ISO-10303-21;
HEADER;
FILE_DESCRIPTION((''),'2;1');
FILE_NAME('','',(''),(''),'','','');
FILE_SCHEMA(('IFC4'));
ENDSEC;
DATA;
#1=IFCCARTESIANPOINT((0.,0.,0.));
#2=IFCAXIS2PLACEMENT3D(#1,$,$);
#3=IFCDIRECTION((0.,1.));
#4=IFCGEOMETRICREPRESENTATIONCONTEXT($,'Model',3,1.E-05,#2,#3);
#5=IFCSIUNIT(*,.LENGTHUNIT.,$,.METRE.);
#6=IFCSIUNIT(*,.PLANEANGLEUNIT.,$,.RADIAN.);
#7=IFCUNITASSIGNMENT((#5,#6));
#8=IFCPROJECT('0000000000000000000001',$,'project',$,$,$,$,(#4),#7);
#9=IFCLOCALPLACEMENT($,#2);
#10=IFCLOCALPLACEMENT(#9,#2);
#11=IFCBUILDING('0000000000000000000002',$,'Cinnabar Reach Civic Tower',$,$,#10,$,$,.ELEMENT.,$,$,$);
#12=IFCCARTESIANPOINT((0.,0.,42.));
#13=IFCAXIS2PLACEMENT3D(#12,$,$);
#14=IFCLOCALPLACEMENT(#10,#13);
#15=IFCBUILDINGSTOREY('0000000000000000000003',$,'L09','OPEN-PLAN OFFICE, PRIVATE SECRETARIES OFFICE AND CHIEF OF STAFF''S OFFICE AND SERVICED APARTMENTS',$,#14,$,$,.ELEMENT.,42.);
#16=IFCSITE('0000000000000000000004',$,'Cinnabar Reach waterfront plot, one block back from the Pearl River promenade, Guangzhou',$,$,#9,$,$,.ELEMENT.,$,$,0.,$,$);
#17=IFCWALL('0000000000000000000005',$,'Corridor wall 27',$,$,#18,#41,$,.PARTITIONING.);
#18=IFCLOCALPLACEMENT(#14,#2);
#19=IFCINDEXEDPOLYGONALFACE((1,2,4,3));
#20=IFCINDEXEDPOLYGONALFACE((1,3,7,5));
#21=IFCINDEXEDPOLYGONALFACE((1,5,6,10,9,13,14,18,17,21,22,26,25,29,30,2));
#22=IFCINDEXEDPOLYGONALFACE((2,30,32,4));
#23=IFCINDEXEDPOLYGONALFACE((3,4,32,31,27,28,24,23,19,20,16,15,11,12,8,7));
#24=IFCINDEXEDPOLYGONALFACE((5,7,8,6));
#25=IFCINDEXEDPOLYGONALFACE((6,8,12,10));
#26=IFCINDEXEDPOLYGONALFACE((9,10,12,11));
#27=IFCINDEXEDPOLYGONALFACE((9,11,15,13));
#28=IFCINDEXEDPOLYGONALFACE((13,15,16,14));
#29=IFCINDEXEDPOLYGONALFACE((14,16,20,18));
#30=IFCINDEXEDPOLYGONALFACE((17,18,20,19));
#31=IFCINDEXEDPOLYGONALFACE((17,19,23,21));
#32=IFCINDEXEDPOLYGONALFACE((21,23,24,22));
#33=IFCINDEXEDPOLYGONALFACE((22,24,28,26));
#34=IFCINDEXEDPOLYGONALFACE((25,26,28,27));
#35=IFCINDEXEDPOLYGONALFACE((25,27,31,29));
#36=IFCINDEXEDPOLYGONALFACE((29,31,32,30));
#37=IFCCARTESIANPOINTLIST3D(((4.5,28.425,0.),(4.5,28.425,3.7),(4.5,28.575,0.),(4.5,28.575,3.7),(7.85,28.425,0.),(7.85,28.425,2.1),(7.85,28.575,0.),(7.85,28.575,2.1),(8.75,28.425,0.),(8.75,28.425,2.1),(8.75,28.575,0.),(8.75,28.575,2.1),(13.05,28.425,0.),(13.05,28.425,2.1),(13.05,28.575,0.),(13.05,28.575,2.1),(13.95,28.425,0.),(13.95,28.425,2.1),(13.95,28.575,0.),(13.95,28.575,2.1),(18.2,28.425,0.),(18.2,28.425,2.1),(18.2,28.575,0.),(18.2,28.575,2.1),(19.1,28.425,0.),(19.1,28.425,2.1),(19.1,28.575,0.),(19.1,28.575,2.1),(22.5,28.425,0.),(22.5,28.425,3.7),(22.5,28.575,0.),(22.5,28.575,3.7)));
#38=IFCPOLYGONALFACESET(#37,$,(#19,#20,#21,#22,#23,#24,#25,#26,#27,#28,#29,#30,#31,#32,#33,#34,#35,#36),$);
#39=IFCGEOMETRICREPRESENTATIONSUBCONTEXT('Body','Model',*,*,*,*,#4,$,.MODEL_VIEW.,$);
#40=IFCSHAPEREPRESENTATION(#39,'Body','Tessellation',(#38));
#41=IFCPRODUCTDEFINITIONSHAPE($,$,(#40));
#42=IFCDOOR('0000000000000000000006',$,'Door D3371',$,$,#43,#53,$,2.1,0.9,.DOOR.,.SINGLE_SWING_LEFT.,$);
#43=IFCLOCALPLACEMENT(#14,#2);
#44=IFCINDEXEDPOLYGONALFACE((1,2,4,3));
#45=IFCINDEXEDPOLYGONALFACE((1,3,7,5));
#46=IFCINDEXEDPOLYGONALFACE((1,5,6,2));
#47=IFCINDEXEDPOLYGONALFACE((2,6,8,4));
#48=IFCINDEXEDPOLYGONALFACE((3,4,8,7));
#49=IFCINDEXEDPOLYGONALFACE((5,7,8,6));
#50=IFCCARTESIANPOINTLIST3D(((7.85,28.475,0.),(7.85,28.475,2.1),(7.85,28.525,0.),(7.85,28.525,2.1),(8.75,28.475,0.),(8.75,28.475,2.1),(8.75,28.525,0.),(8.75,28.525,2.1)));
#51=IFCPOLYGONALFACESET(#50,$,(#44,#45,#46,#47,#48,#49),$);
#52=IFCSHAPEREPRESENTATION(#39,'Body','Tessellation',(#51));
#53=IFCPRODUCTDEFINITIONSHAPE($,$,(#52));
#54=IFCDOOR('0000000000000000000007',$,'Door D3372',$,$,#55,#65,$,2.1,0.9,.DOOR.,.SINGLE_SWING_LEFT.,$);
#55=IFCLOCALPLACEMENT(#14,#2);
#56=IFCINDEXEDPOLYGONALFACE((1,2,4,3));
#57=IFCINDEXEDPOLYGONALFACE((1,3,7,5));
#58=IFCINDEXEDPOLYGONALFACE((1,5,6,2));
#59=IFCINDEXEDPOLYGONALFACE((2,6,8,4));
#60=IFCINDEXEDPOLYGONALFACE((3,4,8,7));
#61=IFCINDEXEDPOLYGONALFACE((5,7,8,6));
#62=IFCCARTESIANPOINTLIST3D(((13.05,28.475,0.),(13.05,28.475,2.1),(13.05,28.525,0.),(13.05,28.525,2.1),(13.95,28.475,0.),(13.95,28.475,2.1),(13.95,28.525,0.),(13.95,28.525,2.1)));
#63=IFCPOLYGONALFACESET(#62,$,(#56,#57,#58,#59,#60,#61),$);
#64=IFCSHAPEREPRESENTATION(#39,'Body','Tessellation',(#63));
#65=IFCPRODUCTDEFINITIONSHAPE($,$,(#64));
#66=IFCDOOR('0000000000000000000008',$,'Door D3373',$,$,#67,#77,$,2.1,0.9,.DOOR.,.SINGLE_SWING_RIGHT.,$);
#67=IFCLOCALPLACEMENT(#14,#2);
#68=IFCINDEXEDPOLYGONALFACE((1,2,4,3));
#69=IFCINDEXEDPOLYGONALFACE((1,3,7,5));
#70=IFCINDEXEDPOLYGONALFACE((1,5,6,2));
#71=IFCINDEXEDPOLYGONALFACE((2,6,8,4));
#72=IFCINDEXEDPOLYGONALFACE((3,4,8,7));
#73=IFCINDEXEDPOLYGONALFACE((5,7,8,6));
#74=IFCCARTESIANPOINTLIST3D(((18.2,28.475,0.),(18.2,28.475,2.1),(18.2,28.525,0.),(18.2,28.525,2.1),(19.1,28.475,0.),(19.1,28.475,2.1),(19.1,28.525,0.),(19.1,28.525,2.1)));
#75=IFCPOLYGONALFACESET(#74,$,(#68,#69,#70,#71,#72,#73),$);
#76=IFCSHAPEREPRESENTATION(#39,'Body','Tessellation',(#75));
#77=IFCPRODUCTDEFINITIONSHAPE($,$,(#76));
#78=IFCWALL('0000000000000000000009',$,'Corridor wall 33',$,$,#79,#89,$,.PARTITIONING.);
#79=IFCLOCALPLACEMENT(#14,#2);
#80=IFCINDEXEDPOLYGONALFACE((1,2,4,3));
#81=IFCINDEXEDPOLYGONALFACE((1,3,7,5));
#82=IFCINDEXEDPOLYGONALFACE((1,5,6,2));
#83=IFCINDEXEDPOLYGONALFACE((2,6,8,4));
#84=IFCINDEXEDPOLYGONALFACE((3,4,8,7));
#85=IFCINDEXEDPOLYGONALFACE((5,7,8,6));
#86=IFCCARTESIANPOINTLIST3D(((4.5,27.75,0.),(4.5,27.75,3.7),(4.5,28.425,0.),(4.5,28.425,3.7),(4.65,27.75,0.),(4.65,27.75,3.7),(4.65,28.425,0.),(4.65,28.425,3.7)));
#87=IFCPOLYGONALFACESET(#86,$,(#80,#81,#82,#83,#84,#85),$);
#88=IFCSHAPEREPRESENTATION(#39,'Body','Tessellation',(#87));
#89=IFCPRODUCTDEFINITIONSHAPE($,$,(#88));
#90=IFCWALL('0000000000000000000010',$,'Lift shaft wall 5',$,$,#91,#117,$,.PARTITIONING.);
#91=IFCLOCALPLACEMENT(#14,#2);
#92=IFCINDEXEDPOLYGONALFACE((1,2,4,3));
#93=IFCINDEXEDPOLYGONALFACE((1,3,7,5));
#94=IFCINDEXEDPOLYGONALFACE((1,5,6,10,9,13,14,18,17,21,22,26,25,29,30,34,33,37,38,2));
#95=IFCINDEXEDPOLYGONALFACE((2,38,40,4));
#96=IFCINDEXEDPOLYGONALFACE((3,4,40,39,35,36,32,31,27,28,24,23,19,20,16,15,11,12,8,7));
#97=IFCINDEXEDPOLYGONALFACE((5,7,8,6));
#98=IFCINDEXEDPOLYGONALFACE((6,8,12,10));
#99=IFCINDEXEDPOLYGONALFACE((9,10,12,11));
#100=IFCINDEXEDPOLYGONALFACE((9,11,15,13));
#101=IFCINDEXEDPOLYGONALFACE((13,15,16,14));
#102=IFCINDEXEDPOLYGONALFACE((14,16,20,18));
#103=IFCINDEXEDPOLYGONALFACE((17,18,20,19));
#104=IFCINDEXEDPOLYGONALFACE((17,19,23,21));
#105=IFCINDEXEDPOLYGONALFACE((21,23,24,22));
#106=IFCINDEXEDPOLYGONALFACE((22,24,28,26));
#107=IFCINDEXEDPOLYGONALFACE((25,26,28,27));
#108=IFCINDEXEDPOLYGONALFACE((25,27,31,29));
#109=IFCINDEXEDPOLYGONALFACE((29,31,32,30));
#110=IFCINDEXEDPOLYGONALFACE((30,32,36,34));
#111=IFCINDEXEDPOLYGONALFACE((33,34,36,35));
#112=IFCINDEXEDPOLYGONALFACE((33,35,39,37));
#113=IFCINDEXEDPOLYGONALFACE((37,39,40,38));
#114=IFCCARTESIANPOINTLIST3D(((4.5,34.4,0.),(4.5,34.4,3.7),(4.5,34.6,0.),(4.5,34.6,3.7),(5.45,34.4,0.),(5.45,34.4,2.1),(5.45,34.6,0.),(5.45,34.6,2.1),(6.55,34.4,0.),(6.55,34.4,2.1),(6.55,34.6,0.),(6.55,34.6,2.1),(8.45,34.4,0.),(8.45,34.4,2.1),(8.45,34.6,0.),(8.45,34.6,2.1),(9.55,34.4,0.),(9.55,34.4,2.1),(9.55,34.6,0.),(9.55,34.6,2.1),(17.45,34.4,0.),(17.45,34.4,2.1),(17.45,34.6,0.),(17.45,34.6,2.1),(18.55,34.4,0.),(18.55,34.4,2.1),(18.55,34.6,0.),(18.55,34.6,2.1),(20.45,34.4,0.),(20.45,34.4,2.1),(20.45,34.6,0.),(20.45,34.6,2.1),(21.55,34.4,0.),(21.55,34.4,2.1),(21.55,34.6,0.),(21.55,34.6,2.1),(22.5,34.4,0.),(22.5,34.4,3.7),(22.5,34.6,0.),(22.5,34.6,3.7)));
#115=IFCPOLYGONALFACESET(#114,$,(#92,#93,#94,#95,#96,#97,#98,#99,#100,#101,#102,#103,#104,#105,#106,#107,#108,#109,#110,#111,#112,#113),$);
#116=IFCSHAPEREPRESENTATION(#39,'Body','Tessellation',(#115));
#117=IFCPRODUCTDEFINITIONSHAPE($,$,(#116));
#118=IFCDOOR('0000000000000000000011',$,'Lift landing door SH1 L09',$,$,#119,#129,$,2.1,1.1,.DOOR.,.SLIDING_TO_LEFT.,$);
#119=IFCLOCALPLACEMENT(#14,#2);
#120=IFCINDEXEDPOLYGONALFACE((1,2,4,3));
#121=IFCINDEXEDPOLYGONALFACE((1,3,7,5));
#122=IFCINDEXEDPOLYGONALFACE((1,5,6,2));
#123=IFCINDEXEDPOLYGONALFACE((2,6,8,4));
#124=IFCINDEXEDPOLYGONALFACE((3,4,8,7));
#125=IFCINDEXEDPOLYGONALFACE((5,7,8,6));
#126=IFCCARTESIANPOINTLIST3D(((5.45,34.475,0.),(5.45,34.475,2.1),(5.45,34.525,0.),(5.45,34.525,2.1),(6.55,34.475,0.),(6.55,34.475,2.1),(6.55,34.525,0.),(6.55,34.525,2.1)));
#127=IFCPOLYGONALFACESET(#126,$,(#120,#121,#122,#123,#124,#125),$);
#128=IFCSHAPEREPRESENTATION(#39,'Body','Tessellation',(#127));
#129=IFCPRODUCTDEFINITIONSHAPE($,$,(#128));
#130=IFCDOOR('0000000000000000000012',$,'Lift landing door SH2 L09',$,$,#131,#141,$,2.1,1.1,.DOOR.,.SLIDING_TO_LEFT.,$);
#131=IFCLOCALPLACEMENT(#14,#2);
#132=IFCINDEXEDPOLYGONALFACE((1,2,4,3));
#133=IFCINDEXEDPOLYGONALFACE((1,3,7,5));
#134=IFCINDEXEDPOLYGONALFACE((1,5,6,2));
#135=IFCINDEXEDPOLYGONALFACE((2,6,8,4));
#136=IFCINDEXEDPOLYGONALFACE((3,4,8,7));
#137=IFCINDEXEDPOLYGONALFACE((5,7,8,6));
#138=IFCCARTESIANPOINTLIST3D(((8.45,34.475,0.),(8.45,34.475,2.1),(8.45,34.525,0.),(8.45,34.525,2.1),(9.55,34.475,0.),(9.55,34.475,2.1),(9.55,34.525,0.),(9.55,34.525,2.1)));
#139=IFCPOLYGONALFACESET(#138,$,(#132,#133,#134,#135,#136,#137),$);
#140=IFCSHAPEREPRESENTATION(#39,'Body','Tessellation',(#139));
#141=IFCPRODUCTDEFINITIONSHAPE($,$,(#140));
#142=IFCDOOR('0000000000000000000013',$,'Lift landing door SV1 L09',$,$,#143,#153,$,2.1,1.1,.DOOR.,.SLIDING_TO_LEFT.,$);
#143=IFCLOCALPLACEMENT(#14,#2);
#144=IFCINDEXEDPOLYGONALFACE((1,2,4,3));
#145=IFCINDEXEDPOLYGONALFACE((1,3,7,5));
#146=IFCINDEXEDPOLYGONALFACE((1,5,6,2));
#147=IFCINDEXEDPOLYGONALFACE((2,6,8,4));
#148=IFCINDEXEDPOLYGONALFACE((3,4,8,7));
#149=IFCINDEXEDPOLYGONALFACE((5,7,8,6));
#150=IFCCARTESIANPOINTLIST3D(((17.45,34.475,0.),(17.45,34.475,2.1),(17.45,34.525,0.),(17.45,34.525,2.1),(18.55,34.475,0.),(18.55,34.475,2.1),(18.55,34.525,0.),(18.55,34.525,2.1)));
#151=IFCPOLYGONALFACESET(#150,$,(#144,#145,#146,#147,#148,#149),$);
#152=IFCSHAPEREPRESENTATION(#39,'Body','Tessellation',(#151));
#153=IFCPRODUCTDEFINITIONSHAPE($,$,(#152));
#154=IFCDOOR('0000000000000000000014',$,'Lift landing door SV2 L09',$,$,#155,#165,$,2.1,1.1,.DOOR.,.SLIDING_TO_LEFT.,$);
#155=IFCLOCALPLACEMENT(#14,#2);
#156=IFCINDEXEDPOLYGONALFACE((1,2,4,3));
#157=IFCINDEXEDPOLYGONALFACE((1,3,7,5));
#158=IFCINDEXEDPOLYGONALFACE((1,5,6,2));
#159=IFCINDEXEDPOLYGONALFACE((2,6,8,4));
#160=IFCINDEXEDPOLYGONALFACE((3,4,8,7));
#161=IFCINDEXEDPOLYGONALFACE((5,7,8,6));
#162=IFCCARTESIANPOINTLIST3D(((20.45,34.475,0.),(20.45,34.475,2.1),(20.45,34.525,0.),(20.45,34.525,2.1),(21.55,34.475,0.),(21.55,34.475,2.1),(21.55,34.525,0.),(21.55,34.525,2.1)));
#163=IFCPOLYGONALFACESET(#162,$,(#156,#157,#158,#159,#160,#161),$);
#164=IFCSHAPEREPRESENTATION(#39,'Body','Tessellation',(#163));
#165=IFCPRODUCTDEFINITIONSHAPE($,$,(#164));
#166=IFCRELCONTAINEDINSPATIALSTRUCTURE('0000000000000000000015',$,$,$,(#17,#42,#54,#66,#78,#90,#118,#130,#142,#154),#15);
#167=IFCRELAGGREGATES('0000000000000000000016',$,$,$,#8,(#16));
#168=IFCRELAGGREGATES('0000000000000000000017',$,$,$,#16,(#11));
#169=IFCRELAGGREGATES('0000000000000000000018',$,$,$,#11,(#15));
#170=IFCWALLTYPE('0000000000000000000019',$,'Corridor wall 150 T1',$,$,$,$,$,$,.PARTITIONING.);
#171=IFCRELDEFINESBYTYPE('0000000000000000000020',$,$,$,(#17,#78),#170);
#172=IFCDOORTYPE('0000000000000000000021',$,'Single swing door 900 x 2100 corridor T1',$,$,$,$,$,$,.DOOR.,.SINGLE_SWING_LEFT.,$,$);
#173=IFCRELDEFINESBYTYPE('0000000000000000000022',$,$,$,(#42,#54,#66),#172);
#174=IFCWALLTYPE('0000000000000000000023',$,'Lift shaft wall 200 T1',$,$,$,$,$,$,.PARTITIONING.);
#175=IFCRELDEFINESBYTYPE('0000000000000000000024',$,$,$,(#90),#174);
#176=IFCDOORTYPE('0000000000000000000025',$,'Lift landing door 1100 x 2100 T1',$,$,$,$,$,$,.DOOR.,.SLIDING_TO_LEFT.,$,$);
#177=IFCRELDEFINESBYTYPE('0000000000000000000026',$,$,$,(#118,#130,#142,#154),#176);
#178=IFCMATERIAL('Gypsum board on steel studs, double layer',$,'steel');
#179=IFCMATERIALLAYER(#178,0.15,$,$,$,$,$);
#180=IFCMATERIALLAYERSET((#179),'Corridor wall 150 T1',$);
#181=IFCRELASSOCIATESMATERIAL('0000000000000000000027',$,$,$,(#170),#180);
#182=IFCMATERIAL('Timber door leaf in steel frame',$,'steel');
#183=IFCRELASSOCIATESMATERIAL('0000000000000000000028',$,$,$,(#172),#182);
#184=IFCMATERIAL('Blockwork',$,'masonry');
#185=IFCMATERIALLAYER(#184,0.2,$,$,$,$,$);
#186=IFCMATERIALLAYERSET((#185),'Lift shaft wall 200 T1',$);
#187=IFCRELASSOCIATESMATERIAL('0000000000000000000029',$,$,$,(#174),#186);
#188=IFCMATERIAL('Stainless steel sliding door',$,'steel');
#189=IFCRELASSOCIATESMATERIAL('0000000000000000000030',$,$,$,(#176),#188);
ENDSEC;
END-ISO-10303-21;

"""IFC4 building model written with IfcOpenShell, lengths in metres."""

from ifc_helpers import new_model, si_unit, direction, frame, frame_2d, origin, place, context, subcontext, project, spatial, rectangle, extrude, material, layer, layer_set, type_object, element, fill, save


model = new_model("IFC4")

# Units and contexts
model_context = context("Model", 3, precision=1e-05, world=origin(), true_north=direction((0.0, 1.0)))
body_context = subcontext(model_context, "Body", "Model", "MODEL_VIEW")
ifc_project = project(units=[si_unit("LENGTHUNIT", "METRE"), si_unit("PLANEANGLEUNIT", "RADIAN")], contexts=[model_context])

# Site, building, storey
site_placement = place(None, origin())
site = spatial("IfcSite", under=ifc_project, at=site_placement, Name="Cinnabar Reach waterfront plot, one block back from the Pearl River promenade, Guangzhou", CompositionType="ELEMENT", RefElevation=0.0)
building_placement = place(site_placement, origin())
building = spatial("IfcBuilding", under=site, at=building_placement, Name="Cinnabar Reach Civic Tower", CompositionType="ELEMENT")
storey_placement = place(building_placement, frame((0.0, 0.0, 42.0)))
storey = spatial("IfcBuildingStorey", under=building, at=storey_placement, Name="L09", Description="OPEN-PLAN OFFICE, PRIVATE SECRETARIES OFFICE AND CHIEF OF STAFF'S OFFICE AND SERVICED APARTMENTS", CompositionType="ELEMENT", Elevation=42.0)

# Shared definitions
ifc_material_1 = material(Name="Timber door leaf in steel frame", Category="steel")

# Wall, openings, doors
ifc_material_2 = material(Name="Gypsum board on steel studs, double layer", Category="steel")
ifc_layer_1 = layer(ifc_material_2, 0.15)
ifc_layer_set_1 = layer_set([ifc_layer_1], Name="Corridor wall 150 T1")
wall_type_1 = type_object("IfcWallType", Name="Corridor wall 150 T1", PredefinedType="PARTITIONING", material=ifc_layer_set_1)
wall_1_placement = place(storey_placement, frame((4.5, 28.5, 0.0), z_axis=(0.0, 0.0, 1.0), x_axis=(1.0, 0.0, 0.0)))
wall_1 = element("IfcWall", 1, at=wall_1_placement, inside=storey, type_object=wall_type_1, Name="Corridor wall 27", PredefinedType="PARTITIONING", context=body_context, shape_type="SweptSolid", body=[
    extrude(rectangle(XDim=18.0, YDim=0.15, at=frame_2d((9.0, 0.0))), origin(), (0.0, 0.0, 1.0), 3.7),
])
opening_1_placement = place(wall_1_placement, frame((3.35, 0.0, 0.0)))
opening_1 = element("IfcOpeningElement", 2, at=opening_1_placement, cuts=wall_1, PredefinedType="OPENING", context=body_context, shape_type="SweptSolid", body=[
    extrude(rectangle(XDim=0.9, YDim=2.1, at=frame_2d((0.45, 1.05))), frame((0.0, 0.085, 0.0), z_axis=(0.0, -1.0, 0.0), x_axis=(1.0, 0.0, 0.0)), (0.0, 0.0, 1.0), 0.17),
])
opening_2_placement = place(wall_1_placement, frame((8.55, 0.0, 0.0)))
opening_2 = element("IfcOpeningElement", 3, at=opening_2_placement, cuts=wall_1, PredefinedType="OPENING", context=body_context, shape_type="SweptSolid", body=[
    extrude(rectangle(XDim=0.9, YDim=2.1, at=frame_2d((0.45, 1.05))), frame((0.0, 0.085, 0.0), z_axis=(0.0, -1.0, 0.0), x_axis=(1.0, 0.0, 0.0)), (0.0, 0.0, 1.0), 0.17),
])
opening_3_placement = place(wall_1_placement, frame((13.7, 0.0, 0.0)))
opening_3 = element("IfcOpeningElement", 4, at=opening_3_placement, cuts=wall_1, PredefinedType="OPENING", context=body_context, shape_type="SweptSolid", body=[
    extrude(rectangle(XDim=0.9, YDim=2.1, at=frame_2d((0.45, 1.05))), frame((0.0, 0.085, 0.0), z_axis=(0.0, -1.0, 0.0), x_axis=(1.0, 0.0, 0.0)), (0.0, 0.0, 1.0), 0.17),
])
door_type_1 = type_object("IfcDoorType", Name="Single swing door 900 x 2100 corridor T1", OperationType="SINGLE_SWING_LEFT", PredefinedType="DOOR", material=ifc_material_1)
door_1_placement = place(opening_1_placement, origin())
door_1 = element("IfcDoor", 5, at=door_1_placement, inside=storey, type_object=door_type_1, Name="Door D3371", OperationType="SINGLE_SWING_LEFT", OverallHeight=2.1, OverallWidth=0.9, PredefinedType="DOOR", context=body_context, shape_type="SweptSolid", body=[
    extrude(rectangle(XDim=0.9, YDim=2.1, at=frame_2d((0.45, 1.05))), frame((0.0, 0.025, 0.0), z_axis=(0.0, -1.0, 0.0), x_axis=(1.0, 0.0, 0.0)), (0.0, 0.0, 1.0), 0.05),
])
fill(opening_1, door_1)
door_2_placement = place(opening_2_placement, origin())
door_2 = element("IfcDoor", 6, at=door_2_placement, inside=storey, type_object=door_type_1, Name="Door D3372", OperationType="SINGLE_SWING_LEFT", OverallHeight=2.1, OverallWidth=0.9, PredefinedType="DOOR", context=body_context, shape_type="SweptSolid", body=[
    extrude(rectangle(XDim=0.9, YDim=2.1, at=frame_2d((0.45, 1.05))), frame((0.0, 0.025, 0.0), z_axis=(0.0, -1.0, 0.0), x_axis=(1.0, 0.0, 0.0)), (0.0, 0.0, 1.0), 0.05),
])
fill(opening_2, door_2)
door_3_placement = place(opening_3_placement, origin())
door_3 = element("IfcDoor", 7, at=door_3_placement, inside=storey, type_object=door_type_1, Name="Door D3373", OperationType="SINGLE_SWING_RIGHT", OverallHeight=2.1, OverallWidth=0.9, PredefinedType="DOOR", context=body_context, shape_type="SweptSolid", body=[
    extrude(rectangle(XDim=0.9, YDim=2.1, at=frame_2d((0.45, 1.05))), frame((0.0, 0.025, 0.0), z_axis=(0.0, -1.0, 0.0), x_axis=(1.0, 0.0, 0.0)), (0.0, 0.0, 1.0), 0.05),
])
fill(opening_3, door_3)

# Wall
wall_2_placement = place(storey_placement, frame((4.575, 27.75, 0.0), z_axis=(0.0, 0.0, 1.0), x_axis=(0.0, 1.0, 0.0)))
element("IfcWall", 8, at=wall_2_placement, inside=storey, type_object=wall_type_1, Name="Corridor wall 33", PredefinedType="PARTITIONING", context=body_context, shape_type="SweptSolid", body=[
    extrude(rectangle(XDim=0.675, YDim=0.15, at=frame_2d((0.3375, 0.0))), origin(), (0.0, 0.0, 1.0), 3.7),
])

# Wall, openings, doors
ifc_material_3 = material(Name="Blockwork", Category="masonry")
ifc_layer_2 = layer(ifc_material_3, 0.2)
ifc_layer_set_2 = layer_set([ifc_layer_2], Name="Lift shaft wall 200 T1")
wall_type_2 = type_object("IfcWallType", Name="Lift shaft wall 200 T1", PredefinedType="PARTITIONING", material=ifc_layer_set_2)
wall_3_placement = place(storey_placement, frame((4.5, 34.5, 0.0), z_axis=(0.0, 0.0, 1.0), x_axis=(1.0, 0.0, 0.0)))
wall_3 = element("IfcWall", 9, at=wall_3_placement, inside=storey, type_object=wall_type_2, Name="Lift shaft wall 5", PredefinedType="PARTITIONING", context=body_context, shape_type="SweptSolid", body=[
    extrude(rectangle(XDim=18.0, YDim=0.2, at=frame_2d((9.0, 0.0))), origin(), (0.0, 0.0, 1.0), 3.7),
])
opening_4_placement = place(wall_3_placement, frame((0.95, 0.0, 0.0)))
opening_4 = element("IfcOpeningElement", 10, at=opening_4_placement, cuts=wall_3, PredefinedType="OPENING", context=body_context, shape_type="SweptSolid", body=[
    extrude(rectangle(XDim=1.1, YDim=2.1, at=frame_2d((0.55, 1.05))), frame((0.0, 0.11, 0.0), z_axis=(0.0, -1.0, 0.0), x_axis=(1.0, 0.0, 0.0)), (0.0, 0.0, 1.0), 0.22),
])
opening_5_placement = place(wall_3_placement, frame((3.95, 0.0, 0.0)))
opening_5 = element("IfcOpeningElement", 11, at=opening_5_placement, cuts=wall_3, PredefinedType="OPENING", context=body_context, shape_type="SweptSolid", body=[
    extrude(rectangle(XDim=1.1, YDim=2.1, at=frame_2d((0.55, 1.05))), frame((0.0, 0.11, 0.0), z_axis=(0.0, -1.0, 0.0), x_axis=(1.0, 0.0, 0.0)), (0.0, 0.0, 1.0), 0.22),
])
opening_6_placement = place(wall_3_placement, frame((12.95, 0.0, 0.0)))
opening_6 = element("IfcOpeningElement", 12, at=opening_6_placement, cuts=wall_3, PredefinedType="OPENING", context=body_context, shape_type="SweptSolid", body=[
    extrude(rectangle(XDim=1.1, YDim=2.1, at=frame_2d((0.55, 1.05))), frame((0.0, 0.11, 0.0), z_axis=(0.0, -1.0, 0.0), x_axis=(1.0, 0.0, 0.0)), (0.0, 0.0, 1.0), 0.22),
])
opening_7_placement = place(wall_3_placement, frame((15.95, 0.0, 0.0)))
opening_7 = element("IfcOpeningElement", 13, at=opening_7_placement, cuts=wall_3, PredefinedType="OPENING", context=body_context, shape_type="SweptSolid", body=[
    extrude(rectangle(XDim=1.1, YDim=2.1, at=frame_2d((0.55, 1.05))), frame((0.0, 0.11, 0.0), z_axis=(0.0, -1.0, 0.0), x_axis=(1.0, 0.0, 0.0)), (0.0, 0.0, 1.0), 0.22),
])
ifc_material_4 = material(Name="Stainless steel sliding door", Category="steel")
door_type_2 = type_object("IfcDoorType", Name="Lift landing door 1100 x 2100 T1", OperationType="SLIDING_TO_LEFT", PredefinedType="DOOR", material=ifc_material_4)
door_4_placement = place(opening_4_placement, origin())
door_4 = element("IfcDoor", 14, at=door_4_placement, inside=storey, type_object=door_type_2, Name="Lift landing door SH1 L09", OperationType="SLIDING_TO_LEFT", OverallHeight=2.1, OverallWidth=1.1, PredefinedType="DOOR", context=body_context, shape_type="SweptSolid", body=[
    extrude(rectangle(XDim=1.1, YDim=2.1, at=frame_2d((0.55, 1.05))), frame((0.0, 0.025, 0.0), z_axis=(0.0, -1.0, 0.0), x_axis=(1.0, 0.0, 0.0)), (0.0, 0.0, 1.0), 0.05),
])
fill(opening_4, door_4)
door_5_placement = place(opening_5_placement, origin())
door_5 = element("IfcDoor", 15, at=door_5_placement, inside=storey, type_object=door_type_2, Name="Lift landing door SH2 L09", OperationType="SLIDING_TO_LEFT", OverallHeight=2.1, OverallWidth=1.1, PredefinedType="DOOR", context=body_context, shape_type="SweptSolid", body=[
    extrude(rectangle(XDim=1.1, YDim=2.1, at=frame_2d((0.55, 1.05))), frame((0.0, 0.025, 0.0), z_axis=(0.0, -1.0, 0.0), x_axis=(1.0, 0.0, 0.0)), (0.0, 0.0, 1.0), 0.05),
])
fill(opening_5, door_5)
door_6_placement = place(opening_6_placement, origin())
door_6 = element("IfcDoor", 16, at=door_6_placement, inside=storey, type_object=door_type_2, Name="Lift landing door SV1 L09", OperationType="SLIDING_TO_LEFT", OverallHeight=2.1, OverallWidth=1.1, PredefinedType="DOOR", context=body_context, shape_type="SweptSolid", body=[
    extrude(rectangle(XDim=1.1, YDim=2.1, at=frame_2d((0.55, 1.05))), frame((0.0, 0.025, 0.0), z_axis=(0.0, -1.0, 0.0), x_axis=(1.0, 0.0, 0.0)), (0.0, 0.0, 1.0), 0.05),
])
fill(opening_6, door_6)
door_7_placement = place(opening_7_placement, origin())
door_7 = element("IfcDoor", 17, at=door_7_placement, inside=storey, type_object=door_type_2, Name="Lift landing door SV2 L09", OperationType="SLIDING_TO_LEFT", OverallHeight=2.1, OverallWidth=1.1, PredefinedType="DOOR", context=body_context, shape_type="SweptSolid", body=[
    extrude(rectangle(XDim=1.1, YDim=2.1, at=frame_2d((0.55, 1.05))), frame((0.0, 0.025, 0.0), z_axis=(0.0, -1.0, 0.0), x_axis=(1.0, 0.0, 0.0)), (0.0, 0.0, 1.0), 0.05),
])
fill(opening_7, door_7)

save(model, "model.ifc")
